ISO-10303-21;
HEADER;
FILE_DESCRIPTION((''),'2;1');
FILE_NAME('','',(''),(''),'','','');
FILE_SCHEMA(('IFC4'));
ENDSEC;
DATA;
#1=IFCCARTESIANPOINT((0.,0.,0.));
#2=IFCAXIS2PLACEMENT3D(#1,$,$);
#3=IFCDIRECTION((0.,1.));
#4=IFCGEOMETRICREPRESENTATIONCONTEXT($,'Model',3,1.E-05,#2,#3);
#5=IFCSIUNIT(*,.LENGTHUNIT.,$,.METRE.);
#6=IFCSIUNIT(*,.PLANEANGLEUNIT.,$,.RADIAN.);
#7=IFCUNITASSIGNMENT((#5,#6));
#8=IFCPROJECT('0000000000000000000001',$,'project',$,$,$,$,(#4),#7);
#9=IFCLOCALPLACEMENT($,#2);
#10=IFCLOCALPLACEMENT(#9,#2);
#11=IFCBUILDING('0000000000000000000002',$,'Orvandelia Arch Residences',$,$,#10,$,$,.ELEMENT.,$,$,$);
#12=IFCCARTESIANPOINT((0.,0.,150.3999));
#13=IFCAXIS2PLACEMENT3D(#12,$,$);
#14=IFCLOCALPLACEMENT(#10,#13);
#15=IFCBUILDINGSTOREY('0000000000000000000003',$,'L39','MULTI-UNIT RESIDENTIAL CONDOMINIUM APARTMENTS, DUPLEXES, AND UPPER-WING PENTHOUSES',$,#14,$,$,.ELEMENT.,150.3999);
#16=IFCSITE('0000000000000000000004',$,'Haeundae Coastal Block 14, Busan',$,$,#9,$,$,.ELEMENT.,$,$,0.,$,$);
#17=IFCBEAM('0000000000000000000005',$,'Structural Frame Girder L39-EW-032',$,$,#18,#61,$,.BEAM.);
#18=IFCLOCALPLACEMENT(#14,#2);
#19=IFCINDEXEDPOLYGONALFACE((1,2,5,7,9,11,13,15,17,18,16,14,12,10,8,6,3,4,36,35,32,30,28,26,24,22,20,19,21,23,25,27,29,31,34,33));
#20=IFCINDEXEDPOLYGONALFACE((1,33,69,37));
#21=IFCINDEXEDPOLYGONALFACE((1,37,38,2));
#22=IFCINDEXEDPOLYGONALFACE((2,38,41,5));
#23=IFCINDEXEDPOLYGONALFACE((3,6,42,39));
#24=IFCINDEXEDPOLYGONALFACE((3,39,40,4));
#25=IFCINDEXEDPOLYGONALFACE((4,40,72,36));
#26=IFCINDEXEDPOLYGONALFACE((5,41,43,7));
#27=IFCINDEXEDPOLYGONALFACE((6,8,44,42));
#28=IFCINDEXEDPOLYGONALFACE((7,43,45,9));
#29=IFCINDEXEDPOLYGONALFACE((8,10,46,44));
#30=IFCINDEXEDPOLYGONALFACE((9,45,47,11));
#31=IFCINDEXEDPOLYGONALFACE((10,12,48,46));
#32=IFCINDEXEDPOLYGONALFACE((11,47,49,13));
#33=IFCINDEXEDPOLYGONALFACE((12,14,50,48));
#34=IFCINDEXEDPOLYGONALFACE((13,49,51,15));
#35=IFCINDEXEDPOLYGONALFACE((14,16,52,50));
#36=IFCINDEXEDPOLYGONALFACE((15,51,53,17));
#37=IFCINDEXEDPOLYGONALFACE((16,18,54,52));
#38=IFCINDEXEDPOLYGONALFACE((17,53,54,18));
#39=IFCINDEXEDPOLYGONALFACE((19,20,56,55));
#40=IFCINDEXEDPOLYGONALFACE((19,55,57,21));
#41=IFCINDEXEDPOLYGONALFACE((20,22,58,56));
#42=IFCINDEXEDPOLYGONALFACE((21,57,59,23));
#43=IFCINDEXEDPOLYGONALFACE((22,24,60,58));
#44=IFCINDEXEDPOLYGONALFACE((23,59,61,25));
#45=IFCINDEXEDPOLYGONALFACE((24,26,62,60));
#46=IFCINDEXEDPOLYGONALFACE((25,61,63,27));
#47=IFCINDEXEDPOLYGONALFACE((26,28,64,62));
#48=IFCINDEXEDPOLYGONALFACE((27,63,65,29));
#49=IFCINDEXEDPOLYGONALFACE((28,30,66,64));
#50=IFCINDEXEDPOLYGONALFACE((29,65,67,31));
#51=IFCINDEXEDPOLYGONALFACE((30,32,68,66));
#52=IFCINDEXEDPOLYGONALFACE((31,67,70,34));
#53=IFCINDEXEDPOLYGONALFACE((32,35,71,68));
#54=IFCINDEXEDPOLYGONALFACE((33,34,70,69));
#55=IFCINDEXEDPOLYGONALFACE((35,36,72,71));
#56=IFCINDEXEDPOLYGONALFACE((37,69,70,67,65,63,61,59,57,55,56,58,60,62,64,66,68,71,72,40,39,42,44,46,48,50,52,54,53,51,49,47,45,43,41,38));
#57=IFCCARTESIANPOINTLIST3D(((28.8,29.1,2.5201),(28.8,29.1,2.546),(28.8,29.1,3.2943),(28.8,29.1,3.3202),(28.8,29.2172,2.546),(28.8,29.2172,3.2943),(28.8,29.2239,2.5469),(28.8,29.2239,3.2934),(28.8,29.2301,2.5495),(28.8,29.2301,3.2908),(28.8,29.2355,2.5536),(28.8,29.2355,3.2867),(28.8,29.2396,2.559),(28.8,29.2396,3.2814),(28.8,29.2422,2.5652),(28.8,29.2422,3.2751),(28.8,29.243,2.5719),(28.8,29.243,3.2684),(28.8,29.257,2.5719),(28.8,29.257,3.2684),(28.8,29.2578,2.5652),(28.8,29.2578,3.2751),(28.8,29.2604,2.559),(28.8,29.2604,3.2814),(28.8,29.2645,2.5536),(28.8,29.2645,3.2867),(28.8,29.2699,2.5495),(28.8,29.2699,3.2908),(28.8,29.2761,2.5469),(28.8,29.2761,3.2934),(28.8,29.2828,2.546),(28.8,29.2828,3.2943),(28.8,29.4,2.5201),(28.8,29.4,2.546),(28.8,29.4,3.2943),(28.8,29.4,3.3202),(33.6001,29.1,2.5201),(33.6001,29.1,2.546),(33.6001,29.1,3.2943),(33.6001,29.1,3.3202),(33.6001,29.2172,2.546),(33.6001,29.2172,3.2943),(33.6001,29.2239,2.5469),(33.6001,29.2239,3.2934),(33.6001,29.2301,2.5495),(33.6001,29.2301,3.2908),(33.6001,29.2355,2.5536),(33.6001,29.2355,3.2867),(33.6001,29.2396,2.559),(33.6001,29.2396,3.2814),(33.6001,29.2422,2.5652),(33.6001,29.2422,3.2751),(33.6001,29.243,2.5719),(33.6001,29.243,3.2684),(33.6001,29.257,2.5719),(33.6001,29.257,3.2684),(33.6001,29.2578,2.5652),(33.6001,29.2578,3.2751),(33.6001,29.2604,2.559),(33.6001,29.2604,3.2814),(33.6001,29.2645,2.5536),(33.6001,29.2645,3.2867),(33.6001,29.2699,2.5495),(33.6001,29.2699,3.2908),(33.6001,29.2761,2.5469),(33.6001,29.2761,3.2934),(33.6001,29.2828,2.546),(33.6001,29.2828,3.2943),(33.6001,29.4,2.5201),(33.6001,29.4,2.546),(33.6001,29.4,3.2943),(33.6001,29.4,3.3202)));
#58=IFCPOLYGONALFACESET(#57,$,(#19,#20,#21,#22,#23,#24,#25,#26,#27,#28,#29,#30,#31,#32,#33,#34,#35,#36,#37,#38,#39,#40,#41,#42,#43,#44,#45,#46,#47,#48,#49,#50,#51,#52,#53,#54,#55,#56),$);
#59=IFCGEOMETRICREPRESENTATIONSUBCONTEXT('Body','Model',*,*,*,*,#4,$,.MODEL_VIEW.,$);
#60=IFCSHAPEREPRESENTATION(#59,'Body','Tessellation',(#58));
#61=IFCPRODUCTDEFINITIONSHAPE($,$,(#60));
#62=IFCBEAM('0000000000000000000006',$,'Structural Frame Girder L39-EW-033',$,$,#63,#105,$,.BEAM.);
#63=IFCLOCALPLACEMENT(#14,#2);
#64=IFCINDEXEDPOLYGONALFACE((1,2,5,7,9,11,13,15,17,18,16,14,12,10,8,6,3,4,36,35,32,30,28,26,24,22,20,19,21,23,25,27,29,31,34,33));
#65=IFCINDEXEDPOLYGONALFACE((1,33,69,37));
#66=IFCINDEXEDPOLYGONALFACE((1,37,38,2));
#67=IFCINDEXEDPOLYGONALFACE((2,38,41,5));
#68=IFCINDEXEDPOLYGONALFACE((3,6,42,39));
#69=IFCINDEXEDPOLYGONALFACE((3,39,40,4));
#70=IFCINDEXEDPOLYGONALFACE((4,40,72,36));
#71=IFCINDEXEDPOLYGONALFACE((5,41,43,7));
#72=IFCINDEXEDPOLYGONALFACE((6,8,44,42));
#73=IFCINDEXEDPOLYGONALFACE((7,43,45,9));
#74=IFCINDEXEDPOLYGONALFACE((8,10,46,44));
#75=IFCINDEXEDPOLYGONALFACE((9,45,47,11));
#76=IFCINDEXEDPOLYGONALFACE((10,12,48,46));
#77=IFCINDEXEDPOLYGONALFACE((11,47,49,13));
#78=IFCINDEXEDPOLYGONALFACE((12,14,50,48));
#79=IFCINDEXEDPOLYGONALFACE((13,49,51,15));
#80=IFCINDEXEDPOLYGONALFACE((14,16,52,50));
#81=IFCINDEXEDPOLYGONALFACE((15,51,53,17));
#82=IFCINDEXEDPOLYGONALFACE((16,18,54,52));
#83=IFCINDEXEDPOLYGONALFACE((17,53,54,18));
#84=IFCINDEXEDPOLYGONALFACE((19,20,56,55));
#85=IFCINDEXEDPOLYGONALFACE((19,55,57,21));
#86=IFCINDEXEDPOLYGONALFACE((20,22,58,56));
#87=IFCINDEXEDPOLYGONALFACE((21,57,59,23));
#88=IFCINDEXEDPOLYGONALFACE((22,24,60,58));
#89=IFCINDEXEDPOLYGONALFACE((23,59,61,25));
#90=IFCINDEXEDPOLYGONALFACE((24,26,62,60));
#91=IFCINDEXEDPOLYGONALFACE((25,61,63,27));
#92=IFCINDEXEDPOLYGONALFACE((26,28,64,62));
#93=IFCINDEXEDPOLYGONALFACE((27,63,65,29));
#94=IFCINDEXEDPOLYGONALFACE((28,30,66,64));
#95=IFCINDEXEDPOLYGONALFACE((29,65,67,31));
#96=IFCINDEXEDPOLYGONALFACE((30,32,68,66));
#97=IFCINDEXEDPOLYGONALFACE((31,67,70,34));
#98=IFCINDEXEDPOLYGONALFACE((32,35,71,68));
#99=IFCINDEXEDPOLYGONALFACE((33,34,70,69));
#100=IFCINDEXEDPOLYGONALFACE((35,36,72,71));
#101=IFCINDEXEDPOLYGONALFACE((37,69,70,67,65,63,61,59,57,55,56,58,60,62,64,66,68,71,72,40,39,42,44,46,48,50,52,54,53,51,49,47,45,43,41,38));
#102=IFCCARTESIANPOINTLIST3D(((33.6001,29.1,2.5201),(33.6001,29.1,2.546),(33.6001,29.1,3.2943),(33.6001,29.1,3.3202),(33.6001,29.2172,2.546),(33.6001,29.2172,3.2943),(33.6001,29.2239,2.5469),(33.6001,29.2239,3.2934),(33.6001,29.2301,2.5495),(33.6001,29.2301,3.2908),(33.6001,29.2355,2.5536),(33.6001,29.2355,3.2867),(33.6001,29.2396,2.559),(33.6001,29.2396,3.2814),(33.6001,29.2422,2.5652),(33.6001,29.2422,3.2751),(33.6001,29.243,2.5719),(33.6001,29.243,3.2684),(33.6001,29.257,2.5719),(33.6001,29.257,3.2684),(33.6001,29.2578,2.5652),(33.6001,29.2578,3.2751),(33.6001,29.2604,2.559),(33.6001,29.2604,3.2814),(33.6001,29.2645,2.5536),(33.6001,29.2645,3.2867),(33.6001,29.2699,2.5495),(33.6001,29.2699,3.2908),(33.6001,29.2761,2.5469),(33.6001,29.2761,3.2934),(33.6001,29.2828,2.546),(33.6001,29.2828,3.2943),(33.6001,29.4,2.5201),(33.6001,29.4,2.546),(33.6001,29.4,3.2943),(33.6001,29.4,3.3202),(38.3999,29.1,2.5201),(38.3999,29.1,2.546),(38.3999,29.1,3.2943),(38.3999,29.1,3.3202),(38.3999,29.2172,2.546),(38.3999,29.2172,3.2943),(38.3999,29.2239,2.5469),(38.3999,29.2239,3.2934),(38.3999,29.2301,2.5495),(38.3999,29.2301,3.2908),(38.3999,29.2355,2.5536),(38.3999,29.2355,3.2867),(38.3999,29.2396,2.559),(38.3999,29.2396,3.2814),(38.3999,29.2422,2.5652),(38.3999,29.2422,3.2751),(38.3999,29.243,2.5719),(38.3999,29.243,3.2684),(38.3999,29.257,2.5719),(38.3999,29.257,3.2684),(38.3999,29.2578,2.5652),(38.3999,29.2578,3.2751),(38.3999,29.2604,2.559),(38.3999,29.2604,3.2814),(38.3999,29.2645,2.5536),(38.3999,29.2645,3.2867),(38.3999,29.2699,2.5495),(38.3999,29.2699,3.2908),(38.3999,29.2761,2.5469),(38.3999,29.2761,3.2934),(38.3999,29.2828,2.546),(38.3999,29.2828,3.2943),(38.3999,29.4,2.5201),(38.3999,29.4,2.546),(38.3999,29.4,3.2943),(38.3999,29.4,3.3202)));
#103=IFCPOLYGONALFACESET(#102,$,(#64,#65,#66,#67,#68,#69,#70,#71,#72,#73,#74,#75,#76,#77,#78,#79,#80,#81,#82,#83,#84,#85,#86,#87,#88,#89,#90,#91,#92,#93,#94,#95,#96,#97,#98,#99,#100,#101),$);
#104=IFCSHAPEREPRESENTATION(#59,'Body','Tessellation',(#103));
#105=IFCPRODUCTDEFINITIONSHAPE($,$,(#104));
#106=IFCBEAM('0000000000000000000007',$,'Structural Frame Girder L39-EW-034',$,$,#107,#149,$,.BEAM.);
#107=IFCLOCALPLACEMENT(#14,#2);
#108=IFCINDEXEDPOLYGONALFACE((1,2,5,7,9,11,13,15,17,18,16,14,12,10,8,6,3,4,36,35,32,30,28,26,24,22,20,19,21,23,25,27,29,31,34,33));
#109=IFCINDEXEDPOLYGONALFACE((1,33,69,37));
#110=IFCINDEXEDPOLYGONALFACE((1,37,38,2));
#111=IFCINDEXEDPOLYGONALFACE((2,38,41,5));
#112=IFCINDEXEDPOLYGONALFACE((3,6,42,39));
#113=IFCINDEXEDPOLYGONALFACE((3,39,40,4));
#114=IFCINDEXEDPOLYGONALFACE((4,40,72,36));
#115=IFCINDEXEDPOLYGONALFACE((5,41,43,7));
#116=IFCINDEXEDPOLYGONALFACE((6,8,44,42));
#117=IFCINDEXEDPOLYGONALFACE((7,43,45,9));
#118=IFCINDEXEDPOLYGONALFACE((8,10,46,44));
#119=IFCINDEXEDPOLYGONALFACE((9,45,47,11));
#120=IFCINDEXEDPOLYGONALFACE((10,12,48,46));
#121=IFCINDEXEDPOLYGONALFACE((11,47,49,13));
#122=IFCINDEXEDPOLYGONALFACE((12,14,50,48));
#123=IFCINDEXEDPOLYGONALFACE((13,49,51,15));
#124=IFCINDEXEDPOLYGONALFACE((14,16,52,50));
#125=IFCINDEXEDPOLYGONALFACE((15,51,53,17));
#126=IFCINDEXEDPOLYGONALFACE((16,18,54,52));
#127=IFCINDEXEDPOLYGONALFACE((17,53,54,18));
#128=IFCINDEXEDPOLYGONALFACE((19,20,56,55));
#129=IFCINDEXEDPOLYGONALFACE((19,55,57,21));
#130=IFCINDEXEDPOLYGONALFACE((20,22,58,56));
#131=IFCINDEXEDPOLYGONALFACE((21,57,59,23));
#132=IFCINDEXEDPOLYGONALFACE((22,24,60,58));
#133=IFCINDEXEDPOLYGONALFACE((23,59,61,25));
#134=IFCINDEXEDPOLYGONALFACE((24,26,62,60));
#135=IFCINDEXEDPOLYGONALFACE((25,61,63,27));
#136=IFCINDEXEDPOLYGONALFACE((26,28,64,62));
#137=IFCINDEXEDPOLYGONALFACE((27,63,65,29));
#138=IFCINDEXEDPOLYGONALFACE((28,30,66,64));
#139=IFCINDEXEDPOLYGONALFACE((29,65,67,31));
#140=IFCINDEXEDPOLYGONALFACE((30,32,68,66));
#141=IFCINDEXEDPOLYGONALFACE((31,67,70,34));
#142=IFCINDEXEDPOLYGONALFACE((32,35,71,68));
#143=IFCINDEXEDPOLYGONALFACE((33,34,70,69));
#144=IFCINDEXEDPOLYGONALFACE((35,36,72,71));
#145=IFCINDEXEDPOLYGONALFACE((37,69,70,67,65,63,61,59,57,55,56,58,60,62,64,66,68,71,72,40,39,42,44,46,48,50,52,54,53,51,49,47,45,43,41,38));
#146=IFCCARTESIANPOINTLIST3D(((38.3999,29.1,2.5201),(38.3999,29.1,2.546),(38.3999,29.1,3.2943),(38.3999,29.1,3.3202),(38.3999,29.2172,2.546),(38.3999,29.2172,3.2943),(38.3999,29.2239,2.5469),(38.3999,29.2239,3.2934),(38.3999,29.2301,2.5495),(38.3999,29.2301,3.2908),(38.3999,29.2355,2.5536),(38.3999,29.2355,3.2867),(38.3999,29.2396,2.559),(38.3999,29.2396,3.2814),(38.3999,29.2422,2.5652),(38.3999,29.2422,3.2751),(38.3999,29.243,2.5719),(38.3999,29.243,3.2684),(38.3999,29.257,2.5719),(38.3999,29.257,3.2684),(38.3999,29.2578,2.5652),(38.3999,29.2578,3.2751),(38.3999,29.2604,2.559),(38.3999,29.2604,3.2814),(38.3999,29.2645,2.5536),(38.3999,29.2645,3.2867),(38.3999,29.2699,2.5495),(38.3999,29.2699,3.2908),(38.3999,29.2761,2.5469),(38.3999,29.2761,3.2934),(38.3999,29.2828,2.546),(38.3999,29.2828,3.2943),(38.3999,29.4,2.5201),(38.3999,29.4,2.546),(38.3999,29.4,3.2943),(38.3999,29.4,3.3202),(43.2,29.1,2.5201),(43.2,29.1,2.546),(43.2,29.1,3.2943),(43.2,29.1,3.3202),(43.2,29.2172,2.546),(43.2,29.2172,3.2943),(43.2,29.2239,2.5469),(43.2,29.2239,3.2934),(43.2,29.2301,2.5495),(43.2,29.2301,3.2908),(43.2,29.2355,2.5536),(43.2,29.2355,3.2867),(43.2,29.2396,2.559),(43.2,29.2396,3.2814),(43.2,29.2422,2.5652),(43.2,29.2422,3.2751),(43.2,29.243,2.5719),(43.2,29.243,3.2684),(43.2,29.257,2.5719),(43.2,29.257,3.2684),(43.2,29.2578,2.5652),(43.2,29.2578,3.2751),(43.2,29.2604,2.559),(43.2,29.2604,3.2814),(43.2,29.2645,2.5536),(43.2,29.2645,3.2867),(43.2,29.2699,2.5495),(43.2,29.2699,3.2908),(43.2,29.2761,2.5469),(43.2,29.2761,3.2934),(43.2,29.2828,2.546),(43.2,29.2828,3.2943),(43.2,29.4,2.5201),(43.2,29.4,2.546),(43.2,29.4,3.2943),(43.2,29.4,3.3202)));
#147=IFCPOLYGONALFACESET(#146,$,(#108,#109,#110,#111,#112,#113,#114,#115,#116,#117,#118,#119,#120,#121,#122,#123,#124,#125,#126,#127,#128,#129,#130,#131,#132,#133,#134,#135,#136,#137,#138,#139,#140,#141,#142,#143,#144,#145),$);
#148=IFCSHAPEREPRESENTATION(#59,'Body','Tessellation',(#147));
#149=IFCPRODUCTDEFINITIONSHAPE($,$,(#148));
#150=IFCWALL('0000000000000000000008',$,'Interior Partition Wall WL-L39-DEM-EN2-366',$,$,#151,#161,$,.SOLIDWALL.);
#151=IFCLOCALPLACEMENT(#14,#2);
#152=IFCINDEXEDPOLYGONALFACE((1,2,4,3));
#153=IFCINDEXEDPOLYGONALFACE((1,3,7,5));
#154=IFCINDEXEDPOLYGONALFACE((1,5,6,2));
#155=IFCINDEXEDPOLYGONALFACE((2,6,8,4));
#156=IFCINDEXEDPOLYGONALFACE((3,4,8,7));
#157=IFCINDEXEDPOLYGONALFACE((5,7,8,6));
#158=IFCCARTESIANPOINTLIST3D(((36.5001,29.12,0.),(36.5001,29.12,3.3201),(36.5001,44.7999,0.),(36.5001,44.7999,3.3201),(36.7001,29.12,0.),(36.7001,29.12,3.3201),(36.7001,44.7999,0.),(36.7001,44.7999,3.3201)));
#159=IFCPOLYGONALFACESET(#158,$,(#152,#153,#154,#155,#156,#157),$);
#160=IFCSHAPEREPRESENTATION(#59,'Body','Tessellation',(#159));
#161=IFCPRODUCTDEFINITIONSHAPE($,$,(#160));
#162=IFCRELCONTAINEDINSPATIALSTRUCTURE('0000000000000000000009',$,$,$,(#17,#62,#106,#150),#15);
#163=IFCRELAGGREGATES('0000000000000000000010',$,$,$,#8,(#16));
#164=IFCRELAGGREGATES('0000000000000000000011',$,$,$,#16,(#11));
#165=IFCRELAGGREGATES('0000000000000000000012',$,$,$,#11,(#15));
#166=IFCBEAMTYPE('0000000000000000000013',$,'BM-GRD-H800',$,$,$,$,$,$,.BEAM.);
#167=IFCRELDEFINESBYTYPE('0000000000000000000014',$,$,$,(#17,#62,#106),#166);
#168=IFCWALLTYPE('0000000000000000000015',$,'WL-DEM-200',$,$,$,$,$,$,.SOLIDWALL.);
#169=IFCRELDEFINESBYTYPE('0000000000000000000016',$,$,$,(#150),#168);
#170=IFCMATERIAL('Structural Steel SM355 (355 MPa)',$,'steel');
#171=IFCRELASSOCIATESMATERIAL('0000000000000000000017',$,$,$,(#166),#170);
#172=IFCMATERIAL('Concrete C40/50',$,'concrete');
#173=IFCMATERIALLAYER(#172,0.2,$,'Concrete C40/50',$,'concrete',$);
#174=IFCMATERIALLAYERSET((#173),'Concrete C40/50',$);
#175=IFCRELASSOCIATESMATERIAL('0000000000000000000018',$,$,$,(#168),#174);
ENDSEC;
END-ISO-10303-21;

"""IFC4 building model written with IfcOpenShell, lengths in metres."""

from ifc_helpers import new_model, si_unit, direction, frame, frame_2d, origin, origin_2d, place, context, subcontext, project, spatial, rectangle, i_section, extrude, material, layer, layer_set, material_profile, profile_set, type_object, element, save


model = new_model("IFC4")

# Units and contexts
model_context = context("Model", 3, precision=1e-05, world=origin(), true_north=direction((0.0, 1.0)))
body_context = subcontext(model_context, "Body", "Model", "MODEL_VIEW")
ifc_project = project(units=[si_unit("LENGTHUNIT", "METRE"), si_unit("PLANEANGLEUNIT", "RADIAN")], contexts=[model_context])

# Site, building, storey
site_placement = place(None, origin())
site = spatial("IfcSite", under=ifc_project, at=site_placement, Name="Haeundae Coastal Block 14, Busan", CompositionType="ELEMENT", RefElevation=0.0)
building_placement = place(site_placement, origin())
building = spatial("IfcBuilding", under=site, at=building_placement, Name="Orvandelia Arch Residences", CompositionType="ELEMENT")
storey_placement = place(building_placement, frame((0.0, 0.0, 150.3999)))
storey = spatial("IfcBuildingStorey", under=building, at=storey_placement, Name="L39", Description="MULTI-UNIT RESIDENTIAL CONDOMINIUM APARTMENTS, DUPLEXES, AND UPPER-WING PENTHOUSES", CompositionType="ELEMENT", Elevation=150.3999)

# Beams
ifc_material_1 = material(Name="Structural Steel SM355 (355 MPa)", Category="steel")
ifc_material_profile_1 = material_profile(ifc_material_1, i_section(OverallWidth=0.3, OverallDepth=0.8, WebThickness=0.0139, FlangeThickness=0.0259, FilletRadius=0.0259, at=origin_2d()), Name="Structural Steel SM355 (355 MPa)", Category="steel")
ifc_profile_set_1 = profile_set([ifc_material_profile_1], Name="Structural Steel SM355 (355 MPa)")
beam_type = type_object("IfcBeamType", Name="BM-GRD-H800", PredefinedType="BEAM", material=ifc_profile_set_1)
beam_1_placement = place(storey_placement, frame((28.8, 29.25, 2.9202), z_axis=(1.0, 0.0, 0.0), x_axis=(0.0, 1.0, 0.0)))
element("IfcBeam", 1, at=beam_1_placement, inside=storey, type_object=beam_type, Name="Structural Frame Girder L39-EW-032", PredefinedType="BEAM", context=body_context, shape_type="SweptSolid", body=[
    extrude(i_section(OverallWidth=0.3, OverallDepth=0.8, WebThickness=0.0139, FlangeThickness=0.0259, FilletRadius=0.0259, at=origin_2d()), origin(), (0.0, 0.0, 1.0), 4.8),
])
beam_2_placement = place(storey_placement, frame((33.6001, 29.25, 2.9202), z_axis=(1.0, 0.0, 0.0), x_axis=(0.0, 1.0, 0.0)))
element("IfcBeam", 2, at=beam_2_placement, inside=storey, type_object=beam_type, Name="Structural Frame Girder L39-EW-033", PredefinedType="BEAM", context=body_context, shape_type="SweptSolid", body=[
    extrude(i_section(OverallWidth=0.3, OverallDepth=0.8, WebThickness=0.0139, FlangeThickness=0.0259, FilletRadius=0.0259, at=origin_2d()), origin(), (0.0, 0.0, 1.0), 4.7998),
])
beam_3_placement = place(storey_placement, frame((38.3999, 29.25, 2.9202), z_axis=(1.0, 0.0, 0.0), x_axis=(0.0, 1.0, 0.0)))
element("IfcBeam", 3, at=beam_3_placement, inside=storey, type_object=beam_type, Name="Structural Frame Girder L39-EW-034", PredefinedType="BEAM", context=body_context, shape_type="SweptSolid", body=[
    extrude(i_section(OverallWidth=0.3, OverallDepth=0.8, WebThickness=0.0139, FlangeThickness=0.0259, FilletRadius=0.0259, at=origin_2d()), origin(), (0.0, 0.0, 1.0), 4.8),
])

# Wall
ifc_material_2 = material(Name="Concrete C40/50", Category="concrete")
ifc_layer_1 = layer(ifc_material_2, 0.2, Name="Concrete C40/50", Category="concrete")
ifc_layer_set_1 = layer_set([ifc_layer_1], Name="Concrete C40/50")
wall_type_1 = type_object("IfcWallType", Name="WL-DEM-200", PredefinedType="SOLIDWALL", material=ifc_layer_set_1)
wall_1_placement = place(storey_placement, frame((36.6001, 29.1201, 0.0), z_axis=(0.0, 0.0, 1.0), x_axis=(0.0, 1.0, 0.0)))
element("IfcWall", 4, at=wall_1_placement, inside=storey, type_object=wall_type_1, Name="Interior Partition Wall WL-L39-DEM-EN2-366", PredefinedType="SOLIDWALL", context=body_context, shape_type="SweptSolid", body=[
    extrude(rectangle(XDim=15.6799, YDim=0.2, at=frame_2d((7.8398, 0.0))), origin(), (0.0, 0.0, 1.0), 3.3201),
])

save(model, "model.ifc")
